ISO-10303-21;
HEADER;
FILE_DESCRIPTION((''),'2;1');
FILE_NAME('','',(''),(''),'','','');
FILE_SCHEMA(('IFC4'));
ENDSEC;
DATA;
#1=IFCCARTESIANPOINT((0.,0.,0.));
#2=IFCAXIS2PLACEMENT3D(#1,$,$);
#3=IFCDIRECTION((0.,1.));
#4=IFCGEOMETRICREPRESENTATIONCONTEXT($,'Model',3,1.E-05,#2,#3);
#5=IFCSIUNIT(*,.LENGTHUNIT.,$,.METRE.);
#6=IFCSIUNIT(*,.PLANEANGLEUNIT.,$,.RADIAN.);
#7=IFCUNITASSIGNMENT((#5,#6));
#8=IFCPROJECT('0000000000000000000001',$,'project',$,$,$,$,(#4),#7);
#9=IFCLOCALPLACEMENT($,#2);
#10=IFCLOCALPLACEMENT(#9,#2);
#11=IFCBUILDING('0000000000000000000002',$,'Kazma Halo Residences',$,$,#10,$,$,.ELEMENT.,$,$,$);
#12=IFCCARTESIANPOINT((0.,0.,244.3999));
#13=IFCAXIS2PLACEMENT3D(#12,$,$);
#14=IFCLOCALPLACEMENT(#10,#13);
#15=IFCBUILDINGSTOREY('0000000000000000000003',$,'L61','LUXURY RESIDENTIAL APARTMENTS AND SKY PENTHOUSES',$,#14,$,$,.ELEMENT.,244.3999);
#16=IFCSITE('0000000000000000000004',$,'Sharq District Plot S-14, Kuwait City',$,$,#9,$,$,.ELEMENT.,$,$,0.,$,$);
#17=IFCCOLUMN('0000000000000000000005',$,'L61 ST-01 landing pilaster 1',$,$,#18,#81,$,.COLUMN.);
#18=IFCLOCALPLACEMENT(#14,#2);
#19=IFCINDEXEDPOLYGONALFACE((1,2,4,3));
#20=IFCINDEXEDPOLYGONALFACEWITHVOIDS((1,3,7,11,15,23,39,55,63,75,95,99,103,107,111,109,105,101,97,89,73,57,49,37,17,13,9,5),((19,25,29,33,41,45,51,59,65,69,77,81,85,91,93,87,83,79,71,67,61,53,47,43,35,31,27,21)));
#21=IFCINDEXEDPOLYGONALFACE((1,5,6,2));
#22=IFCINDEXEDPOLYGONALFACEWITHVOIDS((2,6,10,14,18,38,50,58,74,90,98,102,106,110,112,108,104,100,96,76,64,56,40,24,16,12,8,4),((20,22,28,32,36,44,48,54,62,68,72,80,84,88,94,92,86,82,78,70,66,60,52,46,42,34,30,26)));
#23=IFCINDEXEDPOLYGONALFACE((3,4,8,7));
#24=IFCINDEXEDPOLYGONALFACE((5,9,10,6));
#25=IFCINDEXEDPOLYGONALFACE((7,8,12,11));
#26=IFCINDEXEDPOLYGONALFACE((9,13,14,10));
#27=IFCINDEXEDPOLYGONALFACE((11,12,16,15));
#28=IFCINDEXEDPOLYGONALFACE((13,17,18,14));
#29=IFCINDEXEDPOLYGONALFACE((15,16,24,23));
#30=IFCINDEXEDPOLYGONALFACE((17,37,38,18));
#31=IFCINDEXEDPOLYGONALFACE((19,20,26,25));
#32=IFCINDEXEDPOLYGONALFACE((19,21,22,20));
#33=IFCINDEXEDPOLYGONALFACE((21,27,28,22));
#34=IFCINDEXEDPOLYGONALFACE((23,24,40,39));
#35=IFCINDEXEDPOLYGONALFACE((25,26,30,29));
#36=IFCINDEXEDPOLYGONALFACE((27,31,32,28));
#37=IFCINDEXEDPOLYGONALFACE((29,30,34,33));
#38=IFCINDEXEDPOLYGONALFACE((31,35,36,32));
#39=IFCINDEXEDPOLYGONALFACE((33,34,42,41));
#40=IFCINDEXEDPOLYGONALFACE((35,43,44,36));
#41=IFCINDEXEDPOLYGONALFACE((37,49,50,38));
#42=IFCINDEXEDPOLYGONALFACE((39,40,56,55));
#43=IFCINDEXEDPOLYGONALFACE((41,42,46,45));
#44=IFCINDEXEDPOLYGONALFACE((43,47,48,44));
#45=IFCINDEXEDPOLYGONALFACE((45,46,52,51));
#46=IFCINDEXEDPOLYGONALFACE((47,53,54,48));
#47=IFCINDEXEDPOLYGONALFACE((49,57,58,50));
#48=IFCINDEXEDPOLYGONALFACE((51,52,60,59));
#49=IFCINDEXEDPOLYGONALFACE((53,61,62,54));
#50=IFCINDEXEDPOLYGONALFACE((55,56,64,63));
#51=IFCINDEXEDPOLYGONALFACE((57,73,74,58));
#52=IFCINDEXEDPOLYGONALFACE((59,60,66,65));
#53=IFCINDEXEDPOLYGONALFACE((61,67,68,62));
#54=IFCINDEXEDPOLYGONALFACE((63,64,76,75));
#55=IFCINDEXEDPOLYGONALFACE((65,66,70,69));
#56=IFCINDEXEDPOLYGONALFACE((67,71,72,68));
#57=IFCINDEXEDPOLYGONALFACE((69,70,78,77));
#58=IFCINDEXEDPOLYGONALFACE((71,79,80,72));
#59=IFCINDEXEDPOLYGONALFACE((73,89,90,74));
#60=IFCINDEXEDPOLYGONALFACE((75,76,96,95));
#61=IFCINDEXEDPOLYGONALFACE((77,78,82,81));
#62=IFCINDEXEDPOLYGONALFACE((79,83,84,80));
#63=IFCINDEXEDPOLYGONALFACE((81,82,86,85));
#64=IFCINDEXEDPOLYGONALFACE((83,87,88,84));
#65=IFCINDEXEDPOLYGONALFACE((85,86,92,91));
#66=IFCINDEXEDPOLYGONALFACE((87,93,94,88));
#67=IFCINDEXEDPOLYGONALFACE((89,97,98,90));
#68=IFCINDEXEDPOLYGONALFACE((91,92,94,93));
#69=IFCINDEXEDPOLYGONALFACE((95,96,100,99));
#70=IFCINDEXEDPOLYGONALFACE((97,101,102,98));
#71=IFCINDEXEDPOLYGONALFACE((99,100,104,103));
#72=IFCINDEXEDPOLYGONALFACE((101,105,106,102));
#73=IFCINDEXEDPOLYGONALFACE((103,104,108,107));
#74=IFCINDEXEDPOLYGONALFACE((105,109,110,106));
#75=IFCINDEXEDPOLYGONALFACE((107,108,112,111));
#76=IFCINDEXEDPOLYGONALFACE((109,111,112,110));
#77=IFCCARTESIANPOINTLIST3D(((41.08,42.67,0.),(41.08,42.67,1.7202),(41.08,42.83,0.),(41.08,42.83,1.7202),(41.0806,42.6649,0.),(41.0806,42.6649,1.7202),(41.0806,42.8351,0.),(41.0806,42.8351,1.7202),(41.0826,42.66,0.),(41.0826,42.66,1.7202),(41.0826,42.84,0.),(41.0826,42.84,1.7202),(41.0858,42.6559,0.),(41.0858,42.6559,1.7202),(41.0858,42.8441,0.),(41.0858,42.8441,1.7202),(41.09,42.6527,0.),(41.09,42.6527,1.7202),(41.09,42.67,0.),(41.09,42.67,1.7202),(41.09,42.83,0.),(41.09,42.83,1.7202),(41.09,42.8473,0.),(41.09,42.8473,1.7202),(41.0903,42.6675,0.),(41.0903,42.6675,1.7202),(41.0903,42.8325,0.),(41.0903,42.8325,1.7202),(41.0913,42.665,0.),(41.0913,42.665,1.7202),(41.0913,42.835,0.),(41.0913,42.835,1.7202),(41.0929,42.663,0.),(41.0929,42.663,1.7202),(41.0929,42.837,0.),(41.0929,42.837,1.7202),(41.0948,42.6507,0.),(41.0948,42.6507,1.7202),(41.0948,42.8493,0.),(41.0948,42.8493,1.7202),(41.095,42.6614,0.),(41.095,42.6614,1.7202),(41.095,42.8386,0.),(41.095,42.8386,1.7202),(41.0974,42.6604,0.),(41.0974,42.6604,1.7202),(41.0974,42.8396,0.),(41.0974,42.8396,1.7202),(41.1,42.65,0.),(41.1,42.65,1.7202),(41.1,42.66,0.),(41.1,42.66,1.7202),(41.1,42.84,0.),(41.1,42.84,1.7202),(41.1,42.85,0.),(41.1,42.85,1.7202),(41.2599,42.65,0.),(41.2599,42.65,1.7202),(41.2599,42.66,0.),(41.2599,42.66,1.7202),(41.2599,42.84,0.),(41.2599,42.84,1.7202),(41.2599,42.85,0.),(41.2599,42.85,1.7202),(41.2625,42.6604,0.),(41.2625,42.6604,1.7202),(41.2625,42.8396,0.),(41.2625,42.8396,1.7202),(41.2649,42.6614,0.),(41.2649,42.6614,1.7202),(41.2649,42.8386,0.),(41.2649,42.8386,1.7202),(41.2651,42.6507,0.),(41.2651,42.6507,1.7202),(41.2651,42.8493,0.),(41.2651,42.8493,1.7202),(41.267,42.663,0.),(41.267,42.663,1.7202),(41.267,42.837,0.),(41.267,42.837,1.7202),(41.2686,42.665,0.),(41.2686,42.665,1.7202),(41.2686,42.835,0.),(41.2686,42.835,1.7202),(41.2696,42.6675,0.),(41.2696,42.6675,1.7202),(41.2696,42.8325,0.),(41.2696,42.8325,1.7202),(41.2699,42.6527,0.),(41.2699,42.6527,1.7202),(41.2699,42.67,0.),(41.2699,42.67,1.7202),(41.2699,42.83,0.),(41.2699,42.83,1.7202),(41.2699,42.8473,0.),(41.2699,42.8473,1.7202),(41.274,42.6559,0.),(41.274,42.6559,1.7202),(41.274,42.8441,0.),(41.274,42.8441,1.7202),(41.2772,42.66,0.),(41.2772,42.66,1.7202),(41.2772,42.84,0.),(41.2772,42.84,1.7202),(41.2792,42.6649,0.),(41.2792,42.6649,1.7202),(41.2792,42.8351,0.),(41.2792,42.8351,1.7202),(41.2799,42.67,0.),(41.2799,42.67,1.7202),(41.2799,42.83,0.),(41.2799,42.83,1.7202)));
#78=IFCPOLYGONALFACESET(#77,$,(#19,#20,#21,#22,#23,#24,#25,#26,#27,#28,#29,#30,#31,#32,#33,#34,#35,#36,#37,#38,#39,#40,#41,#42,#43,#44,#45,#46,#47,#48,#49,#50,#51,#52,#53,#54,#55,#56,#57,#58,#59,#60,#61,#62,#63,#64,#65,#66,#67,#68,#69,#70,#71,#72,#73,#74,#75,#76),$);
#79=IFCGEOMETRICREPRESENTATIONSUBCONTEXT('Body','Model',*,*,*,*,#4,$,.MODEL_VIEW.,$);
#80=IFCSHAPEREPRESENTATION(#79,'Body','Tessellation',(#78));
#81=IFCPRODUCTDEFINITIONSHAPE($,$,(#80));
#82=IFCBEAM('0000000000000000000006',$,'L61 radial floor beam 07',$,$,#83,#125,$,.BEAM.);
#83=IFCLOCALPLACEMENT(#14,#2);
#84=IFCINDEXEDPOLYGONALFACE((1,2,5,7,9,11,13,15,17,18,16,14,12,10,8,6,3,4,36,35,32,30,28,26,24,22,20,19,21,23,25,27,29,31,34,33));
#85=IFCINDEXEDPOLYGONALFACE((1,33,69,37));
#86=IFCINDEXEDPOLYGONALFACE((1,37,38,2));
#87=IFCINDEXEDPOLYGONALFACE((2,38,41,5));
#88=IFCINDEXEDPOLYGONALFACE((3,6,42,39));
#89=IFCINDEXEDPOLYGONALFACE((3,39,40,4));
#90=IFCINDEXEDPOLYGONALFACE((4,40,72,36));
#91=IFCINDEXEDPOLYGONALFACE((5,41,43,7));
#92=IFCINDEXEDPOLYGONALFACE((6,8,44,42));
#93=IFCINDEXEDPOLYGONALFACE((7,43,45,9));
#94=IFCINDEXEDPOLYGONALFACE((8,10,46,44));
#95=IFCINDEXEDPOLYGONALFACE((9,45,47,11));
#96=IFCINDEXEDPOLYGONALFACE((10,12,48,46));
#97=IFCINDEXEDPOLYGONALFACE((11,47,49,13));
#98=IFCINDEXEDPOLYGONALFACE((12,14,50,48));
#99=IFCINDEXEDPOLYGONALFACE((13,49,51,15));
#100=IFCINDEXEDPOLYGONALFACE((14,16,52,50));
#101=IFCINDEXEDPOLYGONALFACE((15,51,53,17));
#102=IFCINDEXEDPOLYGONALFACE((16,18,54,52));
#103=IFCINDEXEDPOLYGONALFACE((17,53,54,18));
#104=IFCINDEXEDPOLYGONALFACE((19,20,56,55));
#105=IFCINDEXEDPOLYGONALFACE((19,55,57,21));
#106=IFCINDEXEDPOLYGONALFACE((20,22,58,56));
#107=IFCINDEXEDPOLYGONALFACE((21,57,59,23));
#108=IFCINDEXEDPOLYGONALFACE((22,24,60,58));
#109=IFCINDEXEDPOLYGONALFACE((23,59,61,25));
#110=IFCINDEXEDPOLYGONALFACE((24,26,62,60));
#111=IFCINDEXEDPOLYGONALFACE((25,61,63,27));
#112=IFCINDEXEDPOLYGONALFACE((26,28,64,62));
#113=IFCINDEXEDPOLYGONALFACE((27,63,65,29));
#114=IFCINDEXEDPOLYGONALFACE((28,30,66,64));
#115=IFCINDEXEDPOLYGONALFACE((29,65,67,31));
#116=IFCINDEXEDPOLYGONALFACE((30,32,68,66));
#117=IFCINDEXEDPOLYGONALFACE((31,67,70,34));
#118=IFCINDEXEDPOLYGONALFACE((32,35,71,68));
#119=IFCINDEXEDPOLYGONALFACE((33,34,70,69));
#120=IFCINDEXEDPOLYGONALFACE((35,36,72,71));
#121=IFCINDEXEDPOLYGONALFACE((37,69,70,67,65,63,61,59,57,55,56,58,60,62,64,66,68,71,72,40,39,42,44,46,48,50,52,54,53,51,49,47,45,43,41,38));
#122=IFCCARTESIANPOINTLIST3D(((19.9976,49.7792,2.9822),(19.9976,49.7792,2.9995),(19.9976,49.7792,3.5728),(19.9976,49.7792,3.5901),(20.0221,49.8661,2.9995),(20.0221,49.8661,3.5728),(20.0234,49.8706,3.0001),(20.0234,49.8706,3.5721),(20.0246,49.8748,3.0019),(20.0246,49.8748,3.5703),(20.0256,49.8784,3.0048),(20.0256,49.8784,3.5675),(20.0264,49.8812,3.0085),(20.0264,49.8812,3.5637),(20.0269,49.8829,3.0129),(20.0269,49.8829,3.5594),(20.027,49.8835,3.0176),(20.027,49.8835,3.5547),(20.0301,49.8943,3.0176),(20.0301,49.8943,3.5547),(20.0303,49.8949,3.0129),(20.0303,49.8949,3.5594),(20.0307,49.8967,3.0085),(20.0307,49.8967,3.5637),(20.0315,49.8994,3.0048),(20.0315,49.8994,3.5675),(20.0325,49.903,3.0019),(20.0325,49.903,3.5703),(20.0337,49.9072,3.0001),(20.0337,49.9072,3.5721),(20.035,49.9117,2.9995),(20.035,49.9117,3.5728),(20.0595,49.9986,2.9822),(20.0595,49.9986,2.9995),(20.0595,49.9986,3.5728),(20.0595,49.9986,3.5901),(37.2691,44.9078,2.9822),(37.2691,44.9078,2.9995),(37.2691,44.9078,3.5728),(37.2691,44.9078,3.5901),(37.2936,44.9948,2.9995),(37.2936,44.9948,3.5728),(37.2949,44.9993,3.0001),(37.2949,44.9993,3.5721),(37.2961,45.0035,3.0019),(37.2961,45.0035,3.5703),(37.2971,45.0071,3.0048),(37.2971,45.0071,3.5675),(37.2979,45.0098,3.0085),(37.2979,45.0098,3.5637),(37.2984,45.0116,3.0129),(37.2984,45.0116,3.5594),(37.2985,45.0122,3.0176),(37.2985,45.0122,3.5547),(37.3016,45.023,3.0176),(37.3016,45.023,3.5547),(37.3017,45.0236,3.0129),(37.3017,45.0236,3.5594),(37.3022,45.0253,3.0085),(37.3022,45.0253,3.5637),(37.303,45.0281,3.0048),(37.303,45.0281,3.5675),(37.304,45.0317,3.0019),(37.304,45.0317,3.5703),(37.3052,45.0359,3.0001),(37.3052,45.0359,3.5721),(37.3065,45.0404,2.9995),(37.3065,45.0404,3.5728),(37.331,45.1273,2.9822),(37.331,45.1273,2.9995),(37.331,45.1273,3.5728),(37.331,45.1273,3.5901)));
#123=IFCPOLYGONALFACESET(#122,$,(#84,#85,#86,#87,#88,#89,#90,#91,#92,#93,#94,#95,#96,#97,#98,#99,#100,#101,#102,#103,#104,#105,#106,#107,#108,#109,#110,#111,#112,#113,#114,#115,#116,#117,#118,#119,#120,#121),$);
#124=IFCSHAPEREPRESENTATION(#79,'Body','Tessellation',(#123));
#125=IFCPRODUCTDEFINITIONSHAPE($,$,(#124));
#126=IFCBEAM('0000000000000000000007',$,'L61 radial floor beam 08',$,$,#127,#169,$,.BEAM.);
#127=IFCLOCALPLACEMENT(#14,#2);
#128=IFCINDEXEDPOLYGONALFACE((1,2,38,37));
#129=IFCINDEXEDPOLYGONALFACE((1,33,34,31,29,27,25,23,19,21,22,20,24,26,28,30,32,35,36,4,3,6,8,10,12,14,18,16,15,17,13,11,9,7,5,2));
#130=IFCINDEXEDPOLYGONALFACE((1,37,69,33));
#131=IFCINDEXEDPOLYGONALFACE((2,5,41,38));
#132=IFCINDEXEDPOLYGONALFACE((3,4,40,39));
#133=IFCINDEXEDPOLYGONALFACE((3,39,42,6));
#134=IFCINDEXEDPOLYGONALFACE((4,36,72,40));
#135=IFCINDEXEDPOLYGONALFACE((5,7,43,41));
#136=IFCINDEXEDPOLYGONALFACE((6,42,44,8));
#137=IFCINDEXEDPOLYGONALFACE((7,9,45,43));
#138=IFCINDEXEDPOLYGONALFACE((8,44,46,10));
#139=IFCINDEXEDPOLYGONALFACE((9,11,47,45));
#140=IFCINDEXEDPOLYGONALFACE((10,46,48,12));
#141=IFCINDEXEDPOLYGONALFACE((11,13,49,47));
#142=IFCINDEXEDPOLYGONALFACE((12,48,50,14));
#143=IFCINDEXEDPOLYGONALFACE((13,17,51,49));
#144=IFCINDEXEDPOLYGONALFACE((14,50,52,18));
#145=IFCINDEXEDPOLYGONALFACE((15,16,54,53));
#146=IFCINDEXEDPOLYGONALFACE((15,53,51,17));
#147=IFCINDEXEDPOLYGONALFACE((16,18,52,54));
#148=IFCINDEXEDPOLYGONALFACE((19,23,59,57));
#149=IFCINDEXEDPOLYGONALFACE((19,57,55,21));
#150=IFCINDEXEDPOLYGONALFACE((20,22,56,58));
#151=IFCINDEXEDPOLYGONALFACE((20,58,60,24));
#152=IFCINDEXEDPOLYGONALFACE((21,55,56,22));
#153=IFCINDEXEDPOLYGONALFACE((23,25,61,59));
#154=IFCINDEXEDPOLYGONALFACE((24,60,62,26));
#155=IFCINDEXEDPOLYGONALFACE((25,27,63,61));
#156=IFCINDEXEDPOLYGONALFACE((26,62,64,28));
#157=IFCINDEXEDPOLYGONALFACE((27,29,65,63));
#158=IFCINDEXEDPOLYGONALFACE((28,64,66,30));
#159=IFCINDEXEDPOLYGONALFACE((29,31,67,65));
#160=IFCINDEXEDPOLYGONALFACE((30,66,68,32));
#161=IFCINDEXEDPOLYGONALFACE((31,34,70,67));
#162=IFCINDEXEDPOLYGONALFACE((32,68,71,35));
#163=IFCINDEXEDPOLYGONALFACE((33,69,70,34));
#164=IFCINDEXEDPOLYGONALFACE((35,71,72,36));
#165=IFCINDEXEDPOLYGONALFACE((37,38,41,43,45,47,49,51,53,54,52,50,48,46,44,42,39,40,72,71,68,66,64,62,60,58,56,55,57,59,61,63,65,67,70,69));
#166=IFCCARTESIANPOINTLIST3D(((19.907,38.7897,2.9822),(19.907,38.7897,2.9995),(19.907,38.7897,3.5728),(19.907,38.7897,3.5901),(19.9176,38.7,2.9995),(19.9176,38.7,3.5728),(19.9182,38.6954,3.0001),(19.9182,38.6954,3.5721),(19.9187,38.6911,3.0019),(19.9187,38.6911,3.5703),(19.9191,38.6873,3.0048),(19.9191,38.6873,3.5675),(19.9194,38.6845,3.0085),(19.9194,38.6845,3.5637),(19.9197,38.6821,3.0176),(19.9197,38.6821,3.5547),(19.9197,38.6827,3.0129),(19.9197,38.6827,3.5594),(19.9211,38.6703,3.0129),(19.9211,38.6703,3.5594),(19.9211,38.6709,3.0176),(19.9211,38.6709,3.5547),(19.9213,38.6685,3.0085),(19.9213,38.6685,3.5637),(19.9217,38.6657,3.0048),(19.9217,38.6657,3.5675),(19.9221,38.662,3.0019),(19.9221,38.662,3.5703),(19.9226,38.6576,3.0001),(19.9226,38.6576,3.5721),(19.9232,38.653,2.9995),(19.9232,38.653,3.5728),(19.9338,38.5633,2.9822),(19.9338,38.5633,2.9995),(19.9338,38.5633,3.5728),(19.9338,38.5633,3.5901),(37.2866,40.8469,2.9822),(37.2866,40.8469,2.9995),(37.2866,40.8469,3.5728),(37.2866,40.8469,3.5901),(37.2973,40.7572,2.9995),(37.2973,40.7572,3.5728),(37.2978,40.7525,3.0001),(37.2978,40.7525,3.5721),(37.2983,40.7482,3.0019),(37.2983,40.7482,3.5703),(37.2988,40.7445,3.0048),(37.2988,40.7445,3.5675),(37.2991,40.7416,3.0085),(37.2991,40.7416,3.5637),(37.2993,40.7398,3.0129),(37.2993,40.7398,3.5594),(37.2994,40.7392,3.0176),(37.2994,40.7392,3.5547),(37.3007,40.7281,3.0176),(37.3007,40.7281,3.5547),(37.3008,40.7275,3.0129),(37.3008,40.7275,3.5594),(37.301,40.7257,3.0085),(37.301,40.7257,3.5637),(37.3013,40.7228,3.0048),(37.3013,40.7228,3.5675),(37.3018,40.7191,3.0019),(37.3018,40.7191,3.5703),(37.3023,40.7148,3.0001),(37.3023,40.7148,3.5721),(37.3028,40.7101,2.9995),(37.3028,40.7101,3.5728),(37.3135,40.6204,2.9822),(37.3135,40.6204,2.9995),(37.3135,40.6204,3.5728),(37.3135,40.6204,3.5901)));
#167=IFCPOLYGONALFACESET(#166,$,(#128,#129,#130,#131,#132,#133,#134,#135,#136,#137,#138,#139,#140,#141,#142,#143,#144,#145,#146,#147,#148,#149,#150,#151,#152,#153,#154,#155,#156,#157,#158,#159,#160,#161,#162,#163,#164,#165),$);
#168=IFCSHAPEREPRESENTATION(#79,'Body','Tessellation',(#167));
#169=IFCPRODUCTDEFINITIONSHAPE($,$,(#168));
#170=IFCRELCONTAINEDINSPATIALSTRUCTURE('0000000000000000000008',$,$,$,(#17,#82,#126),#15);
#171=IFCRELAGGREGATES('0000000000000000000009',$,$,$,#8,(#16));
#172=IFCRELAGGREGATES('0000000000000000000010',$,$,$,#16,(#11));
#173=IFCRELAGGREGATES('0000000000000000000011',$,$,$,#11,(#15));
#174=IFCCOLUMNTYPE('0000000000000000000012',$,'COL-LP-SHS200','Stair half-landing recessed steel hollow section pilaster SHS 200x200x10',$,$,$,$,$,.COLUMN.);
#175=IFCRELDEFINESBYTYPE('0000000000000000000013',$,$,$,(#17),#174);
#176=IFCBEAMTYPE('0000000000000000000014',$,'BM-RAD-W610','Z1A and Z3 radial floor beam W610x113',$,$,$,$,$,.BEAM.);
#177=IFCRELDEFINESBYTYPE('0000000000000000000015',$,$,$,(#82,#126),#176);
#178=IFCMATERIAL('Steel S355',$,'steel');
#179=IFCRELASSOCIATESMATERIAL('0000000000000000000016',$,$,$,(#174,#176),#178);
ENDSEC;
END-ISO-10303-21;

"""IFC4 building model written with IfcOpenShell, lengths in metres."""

from ifc_helpers import new_model, si_unit, direction, frame, origin, origin_2d, place, context, subcontext, project, spatial, hollow_rectangle, i_section, extrude, material, material_profile, profile_set, type_object, element, save


model = new_model("IFC4")

# Units and contexts
model_context = context("Model", 3, precision=1e-05, world=origin(), true_north=direction((0.0, 1.0)))
body_context = subcontext(model_context, "Body", "Model", "MODEL_VIEW")
ifc_project = project(units=[si_unit("LENGTHUNIT", "METRE"), si_unit("PLANEANGLEUNIT", "RADIAN")], contexts=[model_context])

# Site, building, storey
site_placement = place(None, origin())
site = spatial("IfcSite", under=ifc_project, at=site_placement, Name="Sharq District Plot S-14, Kuwait City", CompositionType="ELEMENT", RefElevation=0.0)
building_placement = place(site_placement, origin())
building = spatial("IfcBuilding", under=site, at=building_placement, Name="Kazma Halo Residences", CompositionType="ELEMENT")
storey_placement = place(building_placement, frame((0.0, 0.0, 244.3999)))
storey = spatial("IfcBuildingStorey", under=building, at=storey_placement, Name="L61", Description="LUXURY RESIDENTIAL APARTMENTS AND SKY PENTHOUSES", CompositionType="ELEMENT", Elevation=244.3999)

# Column
ifc_material_1 = material(Name="Steel S355", Category="steel")
ifc_material_profile_1 = material_profile(ifc_material_1, hollow_rectangle(XDim=0.2, YDim=0.2, WallThickness=0.01, InnerFilletRadius=0.01, OuterFilletRadius=0.02, at=origin_2d()), Name="SHS200x200x10")
ifc_profile_set_1 = profile_set([ifc_material_profile_1], Name="Steel S355")
column_type = type_object("IfcColumnType", Name="COL-LP-SHS200", Description="Stair half-landing recessed steel hollow section pilaster SHS 200x200x10", PredefinedType="COLUMN", material=ifc_profile_set_1)
column_placement = place(storey_placement, frame((41.1799, 42.75, 0.0), z_axis=(0.0, 0.0, 1.0), x_axis=(1.0, 0.0, 0.0)))
element("IfcColumn", 1, at=column_placement, inside=storey, type_object=column_type, Name="L61 ST-01 landing pilaster 1", PredefinedType="COLUMN", context=body_context, shape_type="SweptSolid", body=[
    extrude(hollow_rectangle(XDim=0.2, YDim=0.2, WallThickness=0.01, InnerFilletRadius=0.01, OuterFilletRadius=0.02, at=origin_2d()), origin(), (0.0, 0.0, 1.0), 1.7202),
])

# Beams
ifc_material_profile_2 = material_profile(ifc_material_1, i_section(OverallWidth=0.228, OverallDepth=0.6079, WebThickness=0.0112, FlangeThickness=0.0173, FilletRadius=0.0181, at=origin_2d()), Name="W610x113")
ifc_profile_set_2 = profile_set([ifc_material_profile_2], Name="Steel S355")
beam_type_1 = type_object("IfcBeamType", Name="BM-RAD-W610", Description="Z1A and Z3 radial floor beam W610x113", PredefinedType="BEAM", material=ifc_profile_set_2)
beam_1_placement = place(storey_placement, frame((37.3, 45.0176, 3.2861), z_axis=(-0.962451, 0.271455, 0.0), x_axis=(-0.271455, -0.962451, 0.0)))
element("IfcBeam", 2, at=beam_1_placement, inside=storey, type_object=beam_type_1, Name="L61 radial floor beam 07", PredefinedType="BEAM", context=body_context, shape_type="SweptSolid", body=[
    extrude(i_section(OverallWidth=0.228, OverallDepth=0.6079, WebThickness=0.0112, FlangeThickness=0.0173, FilletRadius=0.0181, at=origin_2d()), origin(), (0.0, 0.0, 1.0), 17.9453),
])
beam_2_placement = place(storey_placement, frame((37.3, 40.7336, 3.2861), z_axis=(-0.993068, -0.117544, 0.0), x_axis=(0.117544, -0.993068, 0.0)))
element("IfcBeam", 3, at=beam_2_placement, inside=storey, type_object=beam_type_1, Name="L61 radial floor beam 08", PredefinedType="BEAM", context=body_context, shape_type="SweptSolid", body=[
    extrude(i_section(OverallWidth=0.228, OverallDepth=0.6079, WebThickness=0.0112, FlangeThickness=0.0173, FilletRadius=0.0181, at=origin_2d()), origin(), (0.0, 0.0, 1.0), 17.501),
])

save(model, "model.ifc")
